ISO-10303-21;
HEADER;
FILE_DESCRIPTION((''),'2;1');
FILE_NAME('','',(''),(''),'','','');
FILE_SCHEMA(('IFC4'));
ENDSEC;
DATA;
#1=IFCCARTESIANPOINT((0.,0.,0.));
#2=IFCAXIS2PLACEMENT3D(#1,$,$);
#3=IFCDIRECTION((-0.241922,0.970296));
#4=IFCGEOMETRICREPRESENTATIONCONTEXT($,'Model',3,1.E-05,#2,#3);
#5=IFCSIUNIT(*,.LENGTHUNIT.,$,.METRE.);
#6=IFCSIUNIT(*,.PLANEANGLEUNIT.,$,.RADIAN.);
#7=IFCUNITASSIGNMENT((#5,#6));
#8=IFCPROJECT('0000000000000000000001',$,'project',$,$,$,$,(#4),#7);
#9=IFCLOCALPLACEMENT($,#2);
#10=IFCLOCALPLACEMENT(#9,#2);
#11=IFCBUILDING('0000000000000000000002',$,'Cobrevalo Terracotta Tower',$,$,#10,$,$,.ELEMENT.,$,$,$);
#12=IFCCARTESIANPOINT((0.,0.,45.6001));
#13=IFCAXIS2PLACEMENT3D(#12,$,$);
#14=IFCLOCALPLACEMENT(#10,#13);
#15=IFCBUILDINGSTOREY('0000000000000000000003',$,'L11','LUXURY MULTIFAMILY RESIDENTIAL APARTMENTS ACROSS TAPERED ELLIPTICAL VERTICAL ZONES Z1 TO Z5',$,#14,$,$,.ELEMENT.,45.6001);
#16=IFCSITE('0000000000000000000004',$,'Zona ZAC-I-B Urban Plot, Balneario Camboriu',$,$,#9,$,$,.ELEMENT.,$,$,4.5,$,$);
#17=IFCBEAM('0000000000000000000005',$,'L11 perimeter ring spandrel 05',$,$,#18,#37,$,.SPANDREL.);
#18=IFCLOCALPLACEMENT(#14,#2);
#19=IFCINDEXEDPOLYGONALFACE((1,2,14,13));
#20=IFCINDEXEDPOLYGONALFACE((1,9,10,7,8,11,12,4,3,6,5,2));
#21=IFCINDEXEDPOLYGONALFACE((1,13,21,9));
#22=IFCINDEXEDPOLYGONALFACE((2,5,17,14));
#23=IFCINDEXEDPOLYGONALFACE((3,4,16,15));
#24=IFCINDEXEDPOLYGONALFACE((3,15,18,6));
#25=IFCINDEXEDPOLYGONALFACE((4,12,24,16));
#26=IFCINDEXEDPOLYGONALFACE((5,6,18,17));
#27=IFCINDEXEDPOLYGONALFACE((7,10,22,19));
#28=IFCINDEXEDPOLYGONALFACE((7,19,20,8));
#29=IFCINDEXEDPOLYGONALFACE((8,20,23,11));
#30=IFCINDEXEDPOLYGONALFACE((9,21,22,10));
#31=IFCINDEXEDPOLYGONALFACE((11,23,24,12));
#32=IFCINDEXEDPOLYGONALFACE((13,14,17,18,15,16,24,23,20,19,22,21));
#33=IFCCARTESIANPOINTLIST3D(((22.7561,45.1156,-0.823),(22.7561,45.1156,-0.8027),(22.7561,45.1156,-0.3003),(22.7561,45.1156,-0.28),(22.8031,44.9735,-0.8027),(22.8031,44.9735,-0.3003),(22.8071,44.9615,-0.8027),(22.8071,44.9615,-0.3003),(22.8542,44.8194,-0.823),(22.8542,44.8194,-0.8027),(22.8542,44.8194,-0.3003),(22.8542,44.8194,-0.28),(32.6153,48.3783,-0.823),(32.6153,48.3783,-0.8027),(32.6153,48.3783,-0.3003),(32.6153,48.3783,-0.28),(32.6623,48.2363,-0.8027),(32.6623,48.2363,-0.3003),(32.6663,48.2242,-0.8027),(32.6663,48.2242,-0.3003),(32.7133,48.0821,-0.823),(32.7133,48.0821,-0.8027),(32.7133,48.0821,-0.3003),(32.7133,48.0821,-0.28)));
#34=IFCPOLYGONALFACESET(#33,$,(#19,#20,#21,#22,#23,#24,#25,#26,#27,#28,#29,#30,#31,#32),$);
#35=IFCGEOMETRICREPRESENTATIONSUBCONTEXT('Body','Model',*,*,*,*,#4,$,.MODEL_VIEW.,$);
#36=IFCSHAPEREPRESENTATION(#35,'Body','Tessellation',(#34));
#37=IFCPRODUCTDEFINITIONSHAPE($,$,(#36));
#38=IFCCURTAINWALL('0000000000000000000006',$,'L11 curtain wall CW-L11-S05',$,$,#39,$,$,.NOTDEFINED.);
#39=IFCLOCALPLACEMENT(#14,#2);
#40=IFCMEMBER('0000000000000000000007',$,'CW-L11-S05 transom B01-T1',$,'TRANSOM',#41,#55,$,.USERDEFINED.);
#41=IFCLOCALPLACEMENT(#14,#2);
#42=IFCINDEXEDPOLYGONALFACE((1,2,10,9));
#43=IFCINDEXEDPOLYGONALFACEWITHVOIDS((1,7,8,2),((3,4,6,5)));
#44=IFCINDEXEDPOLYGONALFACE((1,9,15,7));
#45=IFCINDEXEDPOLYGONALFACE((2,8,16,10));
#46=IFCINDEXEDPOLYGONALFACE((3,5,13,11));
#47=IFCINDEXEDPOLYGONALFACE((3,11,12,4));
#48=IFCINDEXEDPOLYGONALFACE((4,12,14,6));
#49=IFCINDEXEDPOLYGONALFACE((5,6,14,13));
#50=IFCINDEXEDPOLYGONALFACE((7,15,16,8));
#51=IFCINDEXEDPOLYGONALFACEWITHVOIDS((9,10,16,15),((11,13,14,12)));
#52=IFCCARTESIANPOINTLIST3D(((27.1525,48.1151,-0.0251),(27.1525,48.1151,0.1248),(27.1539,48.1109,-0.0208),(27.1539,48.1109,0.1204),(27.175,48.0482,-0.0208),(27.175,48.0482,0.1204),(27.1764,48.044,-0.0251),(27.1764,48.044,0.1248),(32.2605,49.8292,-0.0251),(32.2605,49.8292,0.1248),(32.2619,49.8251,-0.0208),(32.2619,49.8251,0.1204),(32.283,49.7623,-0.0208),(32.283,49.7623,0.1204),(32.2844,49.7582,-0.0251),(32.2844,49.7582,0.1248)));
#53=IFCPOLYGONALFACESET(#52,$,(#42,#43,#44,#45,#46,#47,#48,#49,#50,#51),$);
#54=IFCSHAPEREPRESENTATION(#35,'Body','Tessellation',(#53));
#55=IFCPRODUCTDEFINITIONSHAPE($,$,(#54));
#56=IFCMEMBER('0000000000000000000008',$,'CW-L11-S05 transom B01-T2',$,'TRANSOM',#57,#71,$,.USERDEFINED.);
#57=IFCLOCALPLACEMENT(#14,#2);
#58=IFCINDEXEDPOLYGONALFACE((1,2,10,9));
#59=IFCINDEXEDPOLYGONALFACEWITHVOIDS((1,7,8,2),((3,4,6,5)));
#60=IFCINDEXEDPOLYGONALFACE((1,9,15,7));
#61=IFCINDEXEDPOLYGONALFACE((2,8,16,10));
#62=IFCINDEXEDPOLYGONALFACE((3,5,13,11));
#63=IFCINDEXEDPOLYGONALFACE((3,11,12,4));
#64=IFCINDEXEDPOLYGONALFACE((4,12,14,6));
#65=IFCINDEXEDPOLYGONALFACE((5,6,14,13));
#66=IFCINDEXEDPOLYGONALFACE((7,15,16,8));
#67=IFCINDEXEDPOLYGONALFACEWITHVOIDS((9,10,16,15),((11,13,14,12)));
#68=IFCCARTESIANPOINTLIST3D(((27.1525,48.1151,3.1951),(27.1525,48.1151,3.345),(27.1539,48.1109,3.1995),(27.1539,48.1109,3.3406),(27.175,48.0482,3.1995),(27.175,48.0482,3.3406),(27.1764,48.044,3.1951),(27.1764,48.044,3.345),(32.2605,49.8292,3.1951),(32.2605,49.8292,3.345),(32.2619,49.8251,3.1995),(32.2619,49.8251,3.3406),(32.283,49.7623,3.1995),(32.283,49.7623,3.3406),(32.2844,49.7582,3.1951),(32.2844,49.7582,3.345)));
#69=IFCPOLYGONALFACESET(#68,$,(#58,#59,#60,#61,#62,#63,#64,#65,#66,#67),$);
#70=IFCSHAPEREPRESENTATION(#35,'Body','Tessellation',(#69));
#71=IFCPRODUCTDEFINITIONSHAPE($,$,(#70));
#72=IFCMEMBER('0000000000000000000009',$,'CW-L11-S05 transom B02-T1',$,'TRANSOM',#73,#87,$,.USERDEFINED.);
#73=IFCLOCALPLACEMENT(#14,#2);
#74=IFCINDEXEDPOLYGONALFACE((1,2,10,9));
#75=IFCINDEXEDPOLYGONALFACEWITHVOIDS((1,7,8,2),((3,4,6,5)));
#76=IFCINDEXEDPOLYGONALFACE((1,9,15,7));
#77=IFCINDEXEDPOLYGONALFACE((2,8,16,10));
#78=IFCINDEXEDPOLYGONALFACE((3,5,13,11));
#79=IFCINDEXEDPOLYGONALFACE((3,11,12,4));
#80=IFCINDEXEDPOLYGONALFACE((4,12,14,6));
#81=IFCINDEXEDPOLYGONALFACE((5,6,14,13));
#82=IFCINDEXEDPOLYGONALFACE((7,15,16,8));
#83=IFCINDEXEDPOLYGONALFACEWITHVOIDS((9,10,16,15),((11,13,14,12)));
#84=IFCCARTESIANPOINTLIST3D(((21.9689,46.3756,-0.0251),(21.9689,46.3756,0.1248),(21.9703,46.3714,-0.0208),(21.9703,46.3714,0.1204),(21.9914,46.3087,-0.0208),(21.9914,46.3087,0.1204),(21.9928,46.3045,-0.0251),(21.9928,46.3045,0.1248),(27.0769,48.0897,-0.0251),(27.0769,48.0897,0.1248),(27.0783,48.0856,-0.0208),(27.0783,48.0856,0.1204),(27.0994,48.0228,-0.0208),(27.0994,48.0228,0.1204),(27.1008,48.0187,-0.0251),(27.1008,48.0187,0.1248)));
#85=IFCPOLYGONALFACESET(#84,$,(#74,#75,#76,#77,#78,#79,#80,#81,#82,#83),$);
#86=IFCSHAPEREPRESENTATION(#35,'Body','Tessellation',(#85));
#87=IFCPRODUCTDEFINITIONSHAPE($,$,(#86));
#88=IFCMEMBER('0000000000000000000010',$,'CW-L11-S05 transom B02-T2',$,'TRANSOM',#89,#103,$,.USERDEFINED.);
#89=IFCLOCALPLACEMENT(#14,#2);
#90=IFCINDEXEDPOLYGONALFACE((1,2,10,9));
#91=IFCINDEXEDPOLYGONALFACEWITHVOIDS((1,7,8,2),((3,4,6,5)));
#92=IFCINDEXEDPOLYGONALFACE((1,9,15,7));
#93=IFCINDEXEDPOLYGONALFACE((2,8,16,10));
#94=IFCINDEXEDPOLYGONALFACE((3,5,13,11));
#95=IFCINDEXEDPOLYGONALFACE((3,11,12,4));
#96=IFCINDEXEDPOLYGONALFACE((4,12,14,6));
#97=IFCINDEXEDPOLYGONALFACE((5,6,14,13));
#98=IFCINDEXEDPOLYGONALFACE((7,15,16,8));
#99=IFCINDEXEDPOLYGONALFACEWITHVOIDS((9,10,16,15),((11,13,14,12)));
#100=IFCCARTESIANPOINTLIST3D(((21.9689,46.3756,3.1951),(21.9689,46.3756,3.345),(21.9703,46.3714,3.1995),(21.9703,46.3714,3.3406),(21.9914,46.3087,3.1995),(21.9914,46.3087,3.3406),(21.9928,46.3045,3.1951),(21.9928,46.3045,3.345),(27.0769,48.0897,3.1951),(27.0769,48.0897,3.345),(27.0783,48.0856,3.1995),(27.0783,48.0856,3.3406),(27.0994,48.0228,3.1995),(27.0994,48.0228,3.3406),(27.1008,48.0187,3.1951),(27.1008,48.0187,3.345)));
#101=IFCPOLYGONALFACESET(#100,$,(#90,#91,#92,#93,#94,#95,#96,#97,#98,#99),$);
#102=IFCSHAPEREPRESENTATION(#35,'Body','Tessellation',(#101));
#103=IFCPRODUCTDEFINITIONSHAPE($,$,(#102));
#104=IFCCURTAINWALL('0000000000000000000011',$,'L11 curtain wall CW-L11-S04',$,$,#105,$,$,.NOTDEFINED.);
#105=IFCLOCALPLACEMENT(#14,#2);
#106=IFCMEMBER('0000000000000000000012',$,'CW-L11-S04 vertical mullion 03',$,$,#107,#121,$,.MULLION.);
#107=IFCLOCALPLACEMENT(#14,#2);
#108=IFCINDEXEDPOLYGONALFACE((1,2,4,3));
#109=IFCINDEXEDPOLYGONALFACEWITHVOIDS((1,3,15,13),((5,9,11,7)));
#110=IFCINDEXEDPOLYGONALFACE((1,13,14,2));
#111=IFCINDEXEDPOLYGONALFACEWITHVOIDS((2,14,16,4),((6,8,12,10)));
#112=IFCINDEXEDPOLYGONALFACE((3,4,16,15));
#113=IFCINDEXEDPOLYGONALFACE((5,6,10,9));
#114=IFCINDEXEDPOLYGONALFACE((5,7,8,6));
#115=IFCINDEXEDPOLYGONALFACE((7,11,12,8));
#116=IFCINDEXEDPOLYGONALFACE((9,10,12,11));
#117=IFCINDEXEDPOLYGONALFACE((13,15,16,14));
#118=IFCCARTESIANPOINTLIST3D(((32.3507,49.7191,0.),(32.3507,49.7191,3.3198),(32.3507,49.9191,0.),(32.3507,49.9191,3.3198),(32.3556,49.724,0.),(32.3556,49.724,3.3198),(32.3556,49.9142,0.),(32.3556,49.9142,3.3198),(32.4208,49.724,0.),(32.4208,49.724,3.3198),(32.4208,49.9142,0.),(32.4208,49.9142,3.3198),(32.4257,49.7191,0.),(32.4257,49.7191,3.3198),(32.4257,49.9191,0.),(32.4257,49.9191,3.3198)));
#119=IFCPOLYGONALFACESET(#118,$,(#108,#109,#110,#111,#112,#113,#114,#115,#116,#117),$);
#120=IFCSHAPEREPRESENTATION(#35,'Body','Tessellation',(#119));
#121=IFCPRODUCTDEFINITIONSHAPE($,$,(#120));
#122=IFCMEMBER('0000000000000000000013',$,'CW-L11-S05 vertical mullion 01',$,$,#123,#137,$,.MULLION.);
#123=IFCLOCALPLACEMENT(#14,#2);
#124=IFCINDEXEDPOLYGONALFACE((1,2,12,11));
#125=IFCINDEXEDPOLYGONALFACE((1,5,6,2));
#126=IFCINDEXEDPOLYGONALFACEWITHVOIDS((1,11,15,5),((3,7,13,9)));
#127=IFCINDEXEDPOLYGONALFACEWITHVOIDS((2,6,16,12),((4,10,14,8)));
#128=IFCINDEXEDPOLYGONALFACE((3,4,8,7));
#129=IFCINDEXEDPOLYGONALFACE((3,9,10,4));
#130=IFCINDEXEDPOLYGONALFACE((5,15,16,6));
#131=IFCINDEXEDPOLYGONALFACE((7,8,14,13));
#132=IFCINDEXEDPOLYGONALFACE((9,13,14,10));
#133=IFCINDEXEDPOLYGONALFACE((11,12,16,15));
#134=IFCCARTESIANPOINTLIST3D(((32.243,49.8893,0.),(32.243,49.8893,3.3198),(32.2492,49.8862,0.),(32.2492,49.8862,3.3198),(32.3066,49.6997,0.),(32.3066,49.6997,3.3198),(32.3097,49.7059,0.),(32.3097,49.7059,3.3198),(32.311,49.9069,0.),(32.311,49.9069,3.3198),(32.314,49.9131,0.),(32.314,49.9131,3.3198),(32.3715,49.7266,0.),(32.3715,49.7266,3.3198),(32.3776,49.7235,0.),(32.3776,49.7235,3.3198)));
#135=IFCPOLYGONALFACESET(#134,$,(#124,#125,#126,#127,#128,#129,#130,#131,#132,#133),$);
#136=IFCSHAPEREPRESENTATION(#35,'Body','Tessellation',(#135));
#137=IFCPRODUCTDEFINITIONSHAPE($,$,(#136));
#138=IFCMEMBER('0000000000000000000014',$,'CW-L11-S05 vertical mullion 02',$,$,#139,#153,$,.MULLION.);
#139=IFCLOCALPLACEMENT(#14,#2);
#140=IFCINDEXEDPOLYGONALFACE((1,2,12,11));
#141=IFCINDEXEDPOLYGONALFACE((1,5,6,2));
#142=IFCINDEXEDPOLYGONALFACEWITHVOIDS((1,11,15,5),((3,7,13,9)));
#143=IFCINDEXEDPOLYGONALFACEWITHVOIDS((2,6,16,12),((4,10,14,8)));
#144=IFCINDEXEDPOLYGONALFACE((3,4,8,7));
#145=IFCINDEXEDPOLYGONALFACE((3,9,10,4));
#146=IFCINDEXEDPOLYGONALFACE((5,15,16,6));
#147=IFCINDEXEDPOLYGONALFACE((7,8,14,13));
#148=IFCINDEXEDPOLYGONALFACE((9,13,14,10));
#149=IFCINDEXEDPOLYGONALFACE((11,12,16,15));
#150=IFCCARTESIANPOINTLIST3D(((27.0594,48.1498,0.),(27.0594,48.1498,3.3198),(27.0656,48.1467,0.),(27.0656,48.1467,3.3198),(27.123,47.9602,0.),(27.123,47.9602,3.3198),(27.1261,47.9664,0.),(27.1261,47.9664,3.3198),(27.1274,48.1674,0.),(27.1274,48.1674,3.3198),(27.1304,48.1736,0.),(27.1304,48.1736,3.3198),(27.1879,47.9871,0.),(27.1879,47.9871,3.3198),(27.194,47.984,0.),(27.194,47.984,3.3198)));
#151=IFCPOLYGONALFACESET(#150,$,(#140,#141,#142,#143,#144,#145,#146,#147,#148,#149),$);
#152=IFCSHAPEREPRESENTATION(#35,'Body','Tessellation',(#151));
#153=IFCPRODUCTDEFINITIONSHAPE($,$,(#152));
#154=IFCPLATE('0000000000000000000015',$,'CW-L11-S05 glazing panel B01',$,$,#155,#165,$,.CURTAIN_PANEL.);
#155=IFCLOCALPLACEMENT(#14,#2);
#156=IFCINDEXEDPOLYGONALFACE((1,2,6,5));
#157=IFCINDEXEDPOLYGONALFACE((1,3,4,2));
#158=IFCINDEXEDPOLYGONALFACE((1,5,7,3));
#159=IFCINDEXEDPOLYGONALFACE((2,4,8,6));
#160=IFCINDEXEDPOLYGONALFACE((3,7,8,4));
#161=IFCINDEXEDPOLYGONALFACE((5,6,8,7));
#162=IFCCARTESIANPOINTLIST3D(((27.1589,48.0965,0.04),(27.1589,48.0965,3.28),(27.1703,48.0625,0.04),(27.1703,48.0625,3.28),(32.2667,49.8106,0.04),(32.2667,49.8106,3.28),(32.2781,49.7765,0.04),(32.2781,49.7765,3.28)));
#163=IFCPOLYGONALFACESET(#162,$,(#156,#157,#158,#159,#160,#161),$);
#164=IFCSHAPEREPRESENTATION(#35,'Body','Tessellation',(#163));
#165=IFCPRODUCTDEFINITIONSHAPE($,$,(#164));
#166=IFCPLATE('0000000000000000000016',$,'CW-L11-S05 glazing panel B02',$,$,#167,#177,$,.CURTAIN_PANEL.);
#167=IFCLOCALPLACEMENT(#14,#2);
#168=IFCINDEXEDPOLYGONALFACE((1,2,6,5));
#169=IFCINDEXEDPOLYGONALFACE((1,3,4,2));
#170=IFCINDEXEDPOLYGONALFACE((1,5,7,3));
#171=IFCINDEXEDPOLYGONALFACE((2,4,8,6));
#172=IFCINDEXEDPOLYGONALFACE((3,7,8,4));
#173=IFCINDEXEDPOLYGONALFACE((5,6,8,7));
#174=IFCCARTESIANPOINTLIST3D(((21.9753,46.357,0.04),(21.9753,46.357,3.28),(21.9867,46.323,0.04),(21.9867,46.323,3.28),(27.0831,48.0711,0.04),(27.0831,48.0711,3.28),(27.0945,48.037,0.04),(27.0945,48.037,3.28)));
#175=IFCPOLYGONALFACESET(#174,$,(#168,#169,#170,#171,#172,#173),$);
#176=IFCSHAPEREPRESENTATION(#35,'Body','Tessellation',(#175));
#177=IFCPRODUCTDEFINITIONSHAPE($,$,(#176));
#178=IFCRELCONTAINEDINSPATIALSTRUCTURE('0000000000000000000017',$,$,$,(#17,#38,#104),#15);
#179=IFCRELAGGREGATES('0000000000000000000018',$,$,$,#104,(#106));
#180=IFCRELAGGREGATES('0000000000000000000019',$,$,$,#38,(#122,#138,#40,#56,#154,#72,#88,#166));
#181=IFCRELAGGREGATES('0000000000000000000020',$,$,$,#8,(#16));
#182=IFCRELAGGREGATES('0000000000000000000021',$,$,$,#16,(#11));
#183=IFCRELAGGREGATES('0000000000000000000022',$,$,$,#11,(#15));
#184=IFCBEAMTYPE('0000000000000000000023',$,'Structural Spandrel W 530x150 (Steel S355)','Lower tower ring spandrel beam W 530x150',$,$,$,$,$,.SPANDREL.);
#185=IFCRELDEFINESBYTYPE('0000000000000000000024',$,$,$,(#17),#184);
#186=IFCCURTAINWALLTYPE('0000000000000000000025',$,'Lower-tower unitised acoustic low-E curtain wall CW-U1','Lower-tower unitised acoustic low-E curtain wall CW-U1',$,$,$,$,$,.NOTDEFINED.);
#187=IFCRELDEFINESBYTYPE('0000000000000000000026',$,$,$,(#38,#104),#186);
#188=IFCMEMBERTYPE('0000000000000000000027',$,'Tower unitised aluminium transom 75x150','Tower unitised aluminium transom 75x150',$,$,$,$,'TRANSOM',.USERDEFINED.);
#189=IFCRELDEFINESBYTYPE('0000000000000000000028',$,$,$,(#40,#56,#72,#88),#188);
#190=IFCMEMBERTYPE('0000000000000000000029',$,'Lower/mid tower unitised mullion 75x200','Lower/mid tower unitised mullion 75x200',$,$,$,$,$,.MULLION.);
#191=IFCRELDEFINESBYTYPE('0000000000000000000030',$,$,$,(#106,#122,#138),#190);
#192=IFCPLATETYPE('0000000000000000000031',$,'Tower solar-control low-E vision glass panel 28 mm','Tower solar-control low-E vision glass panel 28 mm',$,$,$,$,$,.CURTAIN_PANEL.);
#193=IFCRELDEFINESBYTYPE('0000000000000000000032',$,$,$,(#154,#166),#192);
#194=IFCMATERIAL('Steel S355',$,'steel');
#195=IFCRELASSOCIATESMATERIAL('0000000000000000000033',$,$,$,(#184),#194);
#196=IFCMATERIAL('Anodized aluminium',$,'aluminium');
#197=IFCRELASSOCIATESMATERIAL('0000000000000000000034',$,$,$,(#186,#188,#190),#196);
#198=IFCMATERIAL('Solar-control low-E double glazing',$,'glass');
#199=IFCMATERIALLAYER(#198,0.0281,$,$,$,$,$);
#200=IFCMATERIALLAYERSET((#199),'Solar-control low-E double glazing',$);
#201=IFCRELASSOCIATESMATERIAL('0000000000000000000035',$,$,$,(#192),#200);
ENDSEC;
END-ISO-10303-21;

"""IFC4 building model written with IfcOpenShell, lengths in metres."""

from ifc_helpers import new_model, si_unit, direction, frame, origin, origin_2d, place, context, subcontext, project, spatial, rectangle, hollow_rectangle, i_section, extrude, source, transform, mapped, material, layer, layer_set, material_profile, profile_set, type_object, element, aggregate, save


model = new_model("IFC4")

# Units and contexts
model_context = context("Model", 3, precision=1e-05, world=origin(), true_north=direction((-0.241922, 0.970296)))
body_context = subcontext(model_context, "Body", "Model", "MODEL_VIEW")
ifc_project = project(units=[si_unit("LENGTHUNIT", "METRE"), si_unit("PLANEANGLEUNIT", "RADIAN")], contexts=[model_context])

# Site, building, storey
site_placement = place(None, origin())
site = spatial("IfcSite", under=ifc_project, at=site_placement, Name="Zona ZAC-I-B Urban Plot, Balneario Camboriu", CompositionType="ELEMENT", RefElevation=4.5)
building_placement = place(site_placement, origin())
building = spatial("IfcBuilding", under=site, at=building_placement, Name="Cobrevalo Terracotta Tower", CompositionType="ELEMENT")
storey_placement = place(building_placement, frame((0.0, 0.0, 45.6001)))
storey = spatial("IfcBuildingStorey", under=building, at=storey_placement, Name="L11", Description="LUXURY MULTIFAMILY RESIDENTIAL APARTMENTS ACROSS TAPERED ELLIPTICAL VERTICAL ZONES Z1 TO Z5", CompositionType="ELEMENT", Elevation=45.6001)

# Shared definitions
ifc_material_1 = material(Name="Steel S355", Category="steel")

# Beam
ifc_material_profile_1 = material_profile(ifc_material_1, i_section(OverallWidth=0.312, OverallDepth=0.543, WebThickness=0.0127, FlangeThickness=0.0203, at=origin_2d()), Name="W 530x150")
ifc_profile_set_1 = profile_set([ifc_material_profile_1], Name="Steel S355")
beam_type_1 = type_object("IfcBeamType", Name="Structural Spandrel W 530x150 (Steel S355)", Description="Lower tower ring spandrel beam W 530x150", PredefinedType="SPANDREL", material=ifc_profile_set_1)
beam_1_placement = place(storey_placement, frame((32.6643, 48.2302, -0.5515), z_axis=(-0.949365, -0.314175, 0.0), x_axis=(0.314175, -0.949365, 0.0)))
element("IfcBeam", 1, at=beam_1_placement, inside=storey, type_object=beam_type_1, Name="L11 perimeter ring spandrel 05", PredefinedType="SPANDREL", context=body_context, shape_type="SweptSolid", body=[
    extrude(i_section(OverallWidth=0.312, OverallDepth=0.543, WebThickness=0.0127, FlangeThickness=0.0203, at=origin_2d()), origin(), (0.0, 0.0, 1.0), 10.385),
])

# Curtain wall, members
ifc_material_2 = material(Name="Anodized aluminium", Category="aluminium")
curtain_wall_type = type_object("IfcCurtainWallType", Name="Lower-tower unitised acoustic low-E curtain wall CW-U1", Description="Lower-tower unitised acoustic low-E curtain wall CW-U1", PredefinedType="NOTDEFINED", material=ifc_material_2)
curtain_wall_1_placement = place(storey_placement, origin())
curtain_wall_1 = element("IfcCurtainWall", 2, at=curtain_wall_1_placement, inside=storey, type_object=curtain_wall_type, Name="L11 curtain wall CW-L11-S05", PredefinedType="NOTDEFINED")
ifc_material_profile_2 = material_profile(ifc_material_2, hollow_rectangle(XDim=0.075, YDim=0.1499, WallThickness=0.0044, at=origin_2d()), Name="CWT 75x150")
ifc_profile_set_2 = profile_set([ifc_material_profile_2], Name="Anodized aluminium")
member_type_1 = type_object("IfcMemberType", Name="Tower unitised aluminium transom 75x150", Description="Tower unitised aluminium transom 75x150", ElementType="TRANSOM", PredefinedType="USERDEFINED", material=ifc_profile_set_2)
shared_shape_1 = source(origin(), body_context, "Body", "SweptSolid", [
    extrude(hollow_rectangle(XDim=0.075, YDim=0.1499, WallThickness=0.0044, at=origin_2d()), origin(), (0.0, 0.0, 1.0), 5.3879),
])
member_1_placement = place(storey_placement, frame((32.2725, 49.7937, 0.0498), z_axis=(-0.948042, -0.318144, 0.0), x_axis=(0.318144, -0.948042, 0.0)))
member_1 = element("IfcMember", 3, at=member_1_placement, type_object=member_type_1, Name="CW-L11-S05 transom B01-T1", ObjectType="TRANSOM", PredefinedType="USERDEFINED", context=body_context, shape_type="MappedRepresentation", body=[
    mapped(shared_shape_1, transform((0.0, 0.0, 0.0), scale=1.0)),
])
member_2_placement = place(storey_placement, frame((32.2725, 49.7937, 3.27), z_axis=(-0.948042, -0.318144, 0.0), x_axis=(0.318144, -0.948042, 0.0)))
member_2 = element("IfcMember", 4, at=member_2_placement, type_object=member_type_1, Name="CW-L11-S05 transom B01-T2", ObjectType="TRANSOM", PredefinedType="USERDEFINED", context=body_context, shape_type="MappedRepresentation", body=[
    mapped(shared_shape_1, transform((0.0, 0.0, 0.0), scale=1.0)),
])
member_3_placement = place(storey_placement, frame((27.0889, 48.0542, 0.0498), z_axis=(-0.948042, -0.318144, 0.0), x_axis=(0.318144, -0.948042, 0.0)))
member_3 = element("IfcMember", 5, at=member_3_placement, type_object=member_type_1, Name="CW-L11-S05 transom B02-T1", ObjectType="TRANSOM", PredefinedType="USERDEFINED", context=body_context, shape_type="MappedRepresentation", body=[
    mapped(shared_shape_1, transform((0.0, 0.0, 0.0), scale=1.0)),
])
member_4_placement = place(storey_placement, frame((27.0889, 48.0542, 3.27), z_axis=(-0.948042, -0.318144, 0.0), x_axis=(0.318144, -0.948042, 0.0)))
member_4 = element("IfcMember", 6, at=member_4_placement, type_object=member_type_1, Name="CW-L11-S05 transom B02-T2", ObjectType="TRANSOM", PredefinedType="USERDEFINED", context=body_context, shape_type="MappedRepresentation", body=[
    mapped(shared_shape_1, transform((0.0, 0.0, 0.0), scale=1.0)),
])

# Curtain wall, member
curtain_wall_2_placement = place(storey_placement, origin())
curtain_wall_2 = element("IfcCurtainWall", 7, at=curtain_wall_2_placement, inside=storey, type_object=curtain_wall_type, Name="L11 curtain wall CW-L11-S04", PredefinedType="NOTDEFINED")
ifc_material_profile_3 = material_profile(ifc_material_2, hollow_rectangle(XDim=0.075, YDim=0.2, WallThickness=0.0049, at=origin_2d()), Name="CWM 75x200")
ifc_profile_set_3 = profile_set([ifc_material_profile_3], Name="Anodized aluminium")
member_type_2 = type_object("IfcMemberType", Name="Lower/mid tower unitised mullion 75x200", Description="Lower/mid tower unitised mullion 75x200", PredefinedType="MULLION", material=ifc_profile_set_3)
shared_shape_2 = source(origin(), body_context, "Body", "SweptSolid", [
    extrude(hollow_rectangle(XDim=0.075, YDim=0.2, WallThickness=0.0049, at=origin_2d()), origin(), (0.0, 0.0, 1.0), 3.3198),
])
member_5_placement = place(storey_placement, frame((32.3882, 49.8191, 0.0), z_axis=(0.0, 0.0, 1.0), x_axis=(-1.0, 0.0, 0.0)))
member_5 = element("IfcMember", 8, at=member_5_placement, type_object=member_type_2, Name="CW-L11-S04 vertical mullion 03", PredefinedType="MULLION", context=body_context, shape_type="MappedRepresentation", body=[
    mapped(shared_shape_2, transform((0.0, 0.0, 0.0), scale=1.0)),
])
aggregate(curtain_wall_2, [member_5])

# Members
member_6_placement = place(storey_placement, frame((32.3103, 49.8064, 0.0), z_axis=(0.0, 0.0, 1.0), x_axis=(-0.948046, -0.318132, 0.0)))
member_6 = element("IfcMember", 9, at=member_6_placement, type_object=member_type_2, Name="CW-L11-S05 vertical mullion 01", PredefinedType="MULLION", context=body_context, shape_type="MappedRepresentation", body=[
    mapped(shared_shape_2, transform((0.0, 0.0, 0.0), scale=1.0)),
])
member_7_placement = place(storey_placement, frame((27.1267, 48.0669, 0.0), z_axis=(0.0, 0.0, 1.0), x_axis=(-0.948046, -0.318132, 0.0)))
member_7 = element("IfcMember", 10, at=member_7_placement, type_object=member_type_2, Name="CW-L11-S05 vertical mullion 02", PredefinedType="MULLION", context=body_context, shape_type="MappedRepresentation", body=[
    mapped(shared_shape_2, transform((0.0, 0.0, 0.0), scale=1.0)),
])

# Plates
ifc_material_3 = material(Name="Solar-control low-E double glazing", Category="glass")
ifc_layer_1 = layer(ifc_material_3, 0.0281)
ifc_layer_set_1 = layer_set([ifc_layer_1], Name="Solar-control low-E double glazing")
plate_type = type_object("IfcPlateType", Name="Tower solar-control low-E vision glass panel 28 mm", Description="Tower solar-control low-E vision glass panel 28 mm", PredefinedType="CURTAIN_PANEL", material=ifc_layer_set_1)
shared_shape_3 = source(origin(), body_context, "Body", "SweptSolid", [
    extrude(rectangle(XDim=5.3877, YDim=0.0359, at=origin_2d()), origin(), (0.0, 0.0, 1.0), 3.24),
])
plate_1_placement = place(storey_placement, frame((29.7185, 48.9365, 0.04), z_axis=(0.0, 0.0, 1.0), x_axis=(-0.948044, -0.318139, 0.0)))
plate_1 = element("IfcPlate", 11, at=plate_1_placement, type_object=plate_type, Name="CW-L11-S05 glazing panel B01", PredefinedType="CURTAIN_PANEL", context=body_context, shape_type="MappedRepresentation", body=[
    mapped(shared_shape_3, transform((0.0, 0.0, 0.0), scale=1.0)),
])
plate_2_placement = place(storey_placement, frame((24.5349, 47.197, 0.04), z_axis=(0.0, 0.0, 1.0), x_axis=(-0.948044, -0.318139, 0.0)))
plate_2 = element("IfcPlate", 12, at=plate_2_placement, type_object=plate_type, Name="CW-L11-S05 glazing panel B02", PredefinedType="CURTAIN_PANEL", context=body_context, shape_type="MappedRepresentation", body=[
    mapped(shared_shape_3, transform((0.0, 0.0, 0.0), scale=1.0)),
])
aggregate(curtain_wall_1, [member_6, member_7, member_1, member_2, plate_1, member_3, member_4, plate_2])

save(model, "model.ifc")
